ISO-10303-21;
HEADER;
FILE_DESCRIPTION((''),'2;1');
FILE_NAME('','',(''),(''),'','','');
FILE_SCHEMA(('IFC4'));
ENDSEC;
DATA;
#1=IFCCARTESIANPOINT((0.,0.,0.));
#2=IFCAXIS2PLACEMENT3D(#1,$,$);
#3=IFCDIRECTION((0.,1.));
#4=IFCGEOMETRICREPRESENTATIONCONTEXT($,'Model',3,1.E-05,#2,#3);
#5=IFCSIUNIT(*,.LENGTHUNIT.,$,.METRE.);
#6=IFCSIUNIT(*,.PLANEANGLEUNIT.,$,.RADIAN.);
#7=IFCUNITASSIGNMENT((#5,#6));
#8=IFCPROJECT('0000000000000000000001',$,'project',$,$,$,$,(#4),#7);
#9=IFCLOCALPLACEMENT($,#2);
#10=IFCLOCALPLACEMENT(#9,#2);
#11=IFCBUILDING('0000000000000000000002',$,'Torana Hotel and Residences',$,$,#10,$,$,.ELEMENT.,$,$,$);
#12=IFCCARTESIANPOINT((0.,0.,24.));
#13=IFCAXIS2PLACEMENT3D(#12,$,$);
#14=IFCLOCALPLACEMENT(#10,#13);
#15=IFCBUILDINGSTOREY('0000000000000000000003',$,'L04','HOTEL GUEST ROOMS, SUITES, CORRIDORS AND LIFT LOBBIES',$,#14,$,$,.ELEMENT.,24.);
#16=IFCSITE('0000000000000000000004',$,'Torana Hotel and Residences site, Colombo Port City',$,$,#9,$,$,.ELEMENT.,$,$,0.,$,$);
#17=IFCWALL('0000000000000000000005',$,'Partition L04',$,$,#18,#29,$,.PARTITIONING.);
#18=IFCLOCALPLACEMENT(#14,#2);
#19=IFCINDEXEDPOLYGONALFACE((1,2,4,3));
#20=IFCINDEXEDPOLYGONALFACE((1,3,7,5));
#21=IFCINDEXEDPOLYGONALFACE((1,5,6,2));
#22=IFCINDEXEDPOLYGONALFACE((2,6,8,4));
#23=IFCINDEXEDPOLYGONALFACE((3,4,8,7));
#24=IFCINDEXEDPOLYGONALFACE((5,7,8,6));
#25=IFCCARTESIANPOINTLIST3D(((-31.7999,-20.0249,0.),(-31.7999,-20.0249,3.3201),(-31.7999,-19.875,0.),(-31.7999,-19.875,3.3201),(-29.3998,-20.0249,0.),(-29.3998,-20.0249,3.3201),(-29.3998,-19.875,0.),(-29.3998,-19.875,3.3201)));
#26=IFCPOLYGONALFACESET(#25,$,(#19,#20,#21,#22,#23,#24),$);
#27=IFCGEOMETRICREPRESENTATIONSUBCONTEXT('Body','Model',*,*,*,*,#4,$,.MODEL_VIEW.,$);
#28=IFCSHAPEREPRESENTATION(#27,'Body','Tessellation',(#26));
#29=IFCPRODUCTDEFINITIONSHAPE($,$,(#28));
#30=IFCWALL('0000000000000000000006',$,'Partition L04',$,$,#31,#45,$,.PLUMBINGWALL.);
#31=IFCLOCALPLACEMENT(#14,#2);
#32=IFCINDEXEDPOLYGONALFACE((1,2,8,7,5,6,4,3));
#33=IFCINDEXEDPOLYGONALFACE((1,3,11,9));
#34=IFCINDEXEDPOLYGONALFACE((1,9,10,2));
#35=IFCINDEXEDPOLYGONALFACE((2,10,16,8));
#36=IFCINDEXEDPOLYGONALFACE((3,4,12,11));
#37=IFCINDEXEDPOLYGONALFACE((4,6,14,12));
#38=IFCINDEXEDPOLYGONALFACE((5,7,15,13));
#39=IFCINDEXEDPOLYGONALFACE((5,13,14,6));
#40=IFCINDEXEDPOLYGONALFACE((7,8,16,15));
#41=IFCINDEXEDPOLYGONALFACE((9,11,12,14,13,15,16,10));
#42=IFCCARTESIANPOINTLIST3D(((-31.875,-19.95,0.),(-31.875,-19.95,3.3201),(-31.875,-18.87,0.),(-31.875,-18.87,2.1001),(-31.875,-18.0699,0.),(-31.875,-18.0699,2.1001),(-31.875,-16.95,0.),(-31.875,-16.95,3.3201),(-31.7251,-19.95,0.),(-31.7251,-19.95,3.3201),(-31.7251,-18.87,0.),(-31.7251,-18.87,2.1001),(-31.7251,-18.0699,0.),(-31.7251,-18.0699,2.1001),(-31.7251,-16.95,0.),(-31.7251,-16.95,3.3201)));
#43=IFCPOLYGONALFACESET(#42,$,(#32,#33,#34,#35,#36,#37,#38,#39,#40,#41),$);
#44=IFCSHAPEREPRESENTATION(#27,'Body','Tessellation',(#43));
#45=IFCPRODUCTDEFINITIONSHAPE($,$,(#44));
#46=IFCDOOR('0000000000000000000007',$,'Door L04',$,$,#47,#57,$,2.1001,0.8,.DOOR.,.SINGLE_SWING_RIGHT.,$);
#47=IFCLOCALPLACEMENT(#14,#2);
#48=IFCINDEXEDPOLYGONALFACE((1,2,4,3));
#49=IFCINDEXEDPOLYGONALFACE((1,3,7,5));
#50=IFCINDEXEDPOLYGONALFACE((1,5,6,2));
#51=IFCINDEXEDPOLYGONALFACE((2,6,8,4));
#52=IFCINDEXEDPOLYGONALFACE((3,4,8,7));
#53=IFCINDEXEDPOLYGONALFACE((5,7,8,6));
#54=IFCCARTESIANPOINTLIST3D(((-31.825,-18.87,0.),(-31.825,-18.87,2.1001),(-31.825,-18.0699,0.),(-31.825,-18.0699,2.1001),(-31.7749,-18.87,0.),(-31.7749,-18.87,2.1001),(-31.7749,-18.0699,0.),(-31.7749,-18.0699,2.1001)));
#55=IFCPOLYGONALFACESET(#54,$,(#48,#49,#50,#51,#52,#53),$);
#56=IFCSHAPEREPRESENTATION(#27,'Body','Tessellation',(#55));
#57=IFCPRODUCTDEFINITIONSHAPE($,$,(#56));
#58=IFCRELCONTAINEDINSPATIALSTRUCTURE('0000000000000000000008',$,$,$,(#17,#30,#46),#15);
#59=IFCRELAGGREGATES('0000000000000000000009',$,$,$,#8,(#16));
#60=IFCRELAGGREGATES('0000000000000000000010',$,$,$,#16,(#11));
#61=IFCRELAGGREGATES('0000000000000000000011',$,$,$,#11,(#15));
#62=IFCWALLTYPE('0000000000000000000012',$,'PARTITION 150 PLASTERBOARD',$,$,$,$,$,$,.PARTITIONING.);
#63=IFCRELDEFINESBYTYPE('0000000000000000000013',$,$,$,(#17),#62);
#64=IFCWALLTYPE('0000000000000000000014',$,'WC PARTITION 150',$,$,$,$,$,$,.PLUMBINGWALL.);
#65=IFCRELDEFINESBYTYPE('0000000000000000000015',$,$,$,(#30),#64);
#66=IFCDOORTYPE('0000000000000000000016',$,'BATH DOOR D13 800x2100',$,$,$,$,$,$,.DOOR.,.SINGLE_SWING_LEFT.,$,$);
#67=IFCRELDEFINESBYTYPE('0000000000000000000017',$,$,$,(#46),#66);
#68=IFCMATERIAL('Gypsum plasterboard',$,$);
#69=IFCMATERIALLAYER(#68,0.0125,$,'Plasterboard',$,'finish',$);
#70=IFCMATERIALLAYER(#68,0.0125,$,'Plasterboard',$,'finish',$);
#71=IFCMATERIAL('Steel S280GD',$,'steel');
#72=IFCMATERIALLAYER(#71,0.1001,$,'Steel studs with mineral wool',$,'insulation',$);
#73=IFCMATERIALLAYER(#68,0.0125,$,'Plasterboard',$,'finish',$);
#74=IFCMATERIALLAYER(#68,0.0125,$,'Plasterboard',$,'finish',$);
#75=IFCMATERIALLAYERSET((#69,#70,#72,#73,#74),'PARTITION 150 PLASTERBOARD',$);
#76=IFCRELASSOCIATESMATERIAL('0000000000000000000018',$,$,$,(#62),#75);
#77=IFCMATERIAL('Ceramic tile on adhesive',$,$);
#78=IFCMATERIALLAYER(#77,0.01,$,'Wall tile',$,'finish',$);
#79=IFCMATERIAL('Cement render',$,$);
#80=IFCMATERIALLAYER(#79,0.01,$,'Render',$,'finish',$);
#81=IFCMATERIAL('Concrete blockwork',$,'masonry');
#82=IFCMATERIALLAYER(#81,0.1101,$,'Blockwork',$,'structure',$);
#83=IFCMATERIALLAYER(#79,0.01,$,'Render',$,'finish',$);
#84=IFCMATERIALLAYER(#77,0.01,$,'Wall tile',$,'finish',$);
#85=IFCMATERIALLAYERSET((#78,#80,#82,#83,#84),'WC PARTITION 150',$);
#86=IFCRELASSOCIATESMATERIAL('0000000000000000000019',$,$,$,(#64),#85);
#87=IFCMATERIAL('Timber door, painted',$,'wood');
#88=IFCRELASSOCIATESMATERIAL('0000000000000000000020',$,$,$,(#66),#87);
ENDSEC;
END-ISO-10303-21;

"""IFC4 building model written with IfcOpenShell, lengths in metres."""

from ifc_helpers import new_model, si_unit, direction, frame, frame_2d, origin, place, context, subcontext, project, spatial, rectangle, extrude, material, layer, layer_set, type_object, element, fill, save


model = new_model("IFC4")

# Units and contexts
model_context = context("Model", 3, precision=1e-05, world=origin(), true_north=direction((0.0, 1.0)))
body_context = subcontext(model_context, "Body", "Model", "MODEL_VIEW")
ifc_project = project(units=[si_unit("LENGTHUNIT", "METRE"), si_unit("PLANEANGLEUNIT", "RADIAN")], contexts=[model_context])

# Site, building, storey
site_placement = place(None, origin())
site = spatial("IfcSite", under=ifc_project, at=site_placement, Name="Torana Hotel and Residences site, Colombo Port City", CompositionType="ELEMENT", RefElevation=0.0)
building_placement = place(site_placement, origin())
building = spatial("IfcBuilding", under=site, at=building_placement, Name="Torana Hotel and Residences", CompositionType="ELEMENT")
storey_placement = place(building_placement, frame((0.0, 0.0, 24.0)))
storey = spatial("IfcBuildingStorey", under=building, at=storey_placement, Name="L04", Description="HOTEL GUEST ROOMS, SUITES, CORRIDORS AND LIFT LOBBIES", CompositionType="ELEMENT", Elevation=24.0)

# Shared definitions
ifc_material_1 = material(Name="Concrete blockwork", Category="masonry")

# Wall
ifc_material_2 = material(Name="Gypsum plasterboard")
ifc_layer_1 = layer(ifc_material_2, 0.0125, Name="Plasterboard", Category="finish")
ifc_layer_2 = layer(ifc_material_2, 0.0125, Name="Plasterboard", Category="finish")
ifc_material_3 = material(Name="Steel S280GD", Category="steel")
ifc_layer_3 = layer(ifc_material_3, 0.1001, Name="Steel studs with mineral wool", Category="insulation")
ifc_layer_4 = layer(ifc_material_2, 0.0125, Name="Plasterboard", Category="finish")
ifc_layer_5 = layer(ifc_material_2, 0.0125, Name="Plasterboard", Category="finish")
ifc_layer_set_1 = layer_set([ifc_layer_1, ifc_layer_2, ifc_layer_3, ifc_layer_4, ifc_layer_5], Name="PARTITION 150 PLASTERBOARD")
wall_type_1 = type_object("IfcWallType", Name="PARTITION 150 PLASTERBOARD", PredefinedType="PARTITIONING", material=ifc_layer_set_1)
wall_1_placement = place(storey_placement, frame((-31.8, -19.95, 0.0), z_axis=(0.0, 0.0, 1.0), x_axis=(1.0, 0.0, 0.0)))
element("IfcWall", 1, at=wall_1_placement, inside=storey, type_object=wall_type_1, Name="Partition L04", PredefinedType="PARTITIONING", context=body_context, shape_type="SweptSolid", body=[
    extrude(rectangle(XDim=2.4001, YDim=0.1499, at=frame_2d((1.2002, 0.0))), origin(), (0.0, 0.0, 1.0), 3.3201),
])

# Wall, opening, door
ifc_material_4 = material(Name="Ceramic tile on adhesive")
ifc_layer_6 = layer(ifc_material_4, 0.01, Name="Wall tile", Category="finish")
ifc_material_5 = material(Name="Cement render")
ifc_layer_7 = layer(ifc_material_5, 0.01, Name="Render", Category="finish")
ifc_layer_8 = layer(ifc_material_1, 0.1101, Name="Blockwork", Category="structure")
ifc_layer_9 = layer(ifc_material_5, 0.01, Name="Render", Category="finish")
ifc_layer_10 = layer(ifc_material_4, 0.01, Name="Wall tile", Category="finish")
ifc_layer_set_2 = layer_set([ifc_layer_6, ifc_layer_7, ifc_layer_8, ifc_layer_9, ifc_layer_10], Name="WC PARTITION 150")
wall_type_2 = type_object("IfcWallType", Name="WC PARTITION 150", PredefinedType="PLUMBINGWALL", material=ifc_layer_set_2)
wall_2_placement = place(storey_placement, frame((-31.8, -19.95, 0.0), z_axis=(0.0, 0.0, 1.0), x_axis=(0.0, 1.0, 0.0)))
wall_2 = element("IfcWall", 2, at=wall_2_placement, inside=storey, type_object=wall_type_2, Name="Partition L04", PredefinedType="PLUMBINGWALL", context=body_context, shape_type="SweptSolid", body=[
    extrude(rectangle(XDim=3.0, YDim=0.1499, at=frame_2d((1.5, 0.0))), origin(), (0.0, 0.0, 1.0), 3.3201),
])
opening_1_placement = place(wall_2_placement, frame((1.0801, 0.0, 0.0)))
opening_1 = element("IfcOpeningElement", 3, at=opening_1_placement, cuts=wall_2, PredefinedType="OPENING", context=body_context, shape_type="SweptSolid", body=[
    extrude(rectangle(XDim=0.8, YDim=2.1001, at=frame_2d((0.3999, 1.05))), frame((0.0, 0.085, 0.0), z_axis=(0.0, -1.0, 0.0), x_axis=(1.0, 0.0, 0.0)), (0.0, 0.0, 1.0), 0.1699),
])
ifc_material_6 = material(Name="Timber door, painted", Category="wood")
door_type_1 = type_object("IfcDoorType", Name="BATH DOOR D13 800x2100", OperationType="SINGLE_SWING_LEFT", PredefinedType="DOOR", material=ifc_material_6)
door_1_placement = place(opening_1_placement, origin())
door_1 = element("IfcDoor", 4, at=door_1_placement, inside=storey, type_object=door_type_1, Name="Door L04", OperationType="SINGLE_SWING_RIGHT", OverallHeight=2.1001, OverallWidth=0.8, PredefinedType="DOOR", context=body_context, shape_type="SweptSolid", body=[
    extrude(rectangle(XDim=0.8, YDim=2.1001, at=frame_2d((0.3999, 1.05))), frame((0.0, 0.0249, 0.0), z_axis=(0.0, -1.0, 0.0), x_axis=(1.0, 0.0, 0.0)), (0.0, 0.0, 1.0), 0.05),
])
fill(opening_1, door_1)

save(model, "model.ifc")
